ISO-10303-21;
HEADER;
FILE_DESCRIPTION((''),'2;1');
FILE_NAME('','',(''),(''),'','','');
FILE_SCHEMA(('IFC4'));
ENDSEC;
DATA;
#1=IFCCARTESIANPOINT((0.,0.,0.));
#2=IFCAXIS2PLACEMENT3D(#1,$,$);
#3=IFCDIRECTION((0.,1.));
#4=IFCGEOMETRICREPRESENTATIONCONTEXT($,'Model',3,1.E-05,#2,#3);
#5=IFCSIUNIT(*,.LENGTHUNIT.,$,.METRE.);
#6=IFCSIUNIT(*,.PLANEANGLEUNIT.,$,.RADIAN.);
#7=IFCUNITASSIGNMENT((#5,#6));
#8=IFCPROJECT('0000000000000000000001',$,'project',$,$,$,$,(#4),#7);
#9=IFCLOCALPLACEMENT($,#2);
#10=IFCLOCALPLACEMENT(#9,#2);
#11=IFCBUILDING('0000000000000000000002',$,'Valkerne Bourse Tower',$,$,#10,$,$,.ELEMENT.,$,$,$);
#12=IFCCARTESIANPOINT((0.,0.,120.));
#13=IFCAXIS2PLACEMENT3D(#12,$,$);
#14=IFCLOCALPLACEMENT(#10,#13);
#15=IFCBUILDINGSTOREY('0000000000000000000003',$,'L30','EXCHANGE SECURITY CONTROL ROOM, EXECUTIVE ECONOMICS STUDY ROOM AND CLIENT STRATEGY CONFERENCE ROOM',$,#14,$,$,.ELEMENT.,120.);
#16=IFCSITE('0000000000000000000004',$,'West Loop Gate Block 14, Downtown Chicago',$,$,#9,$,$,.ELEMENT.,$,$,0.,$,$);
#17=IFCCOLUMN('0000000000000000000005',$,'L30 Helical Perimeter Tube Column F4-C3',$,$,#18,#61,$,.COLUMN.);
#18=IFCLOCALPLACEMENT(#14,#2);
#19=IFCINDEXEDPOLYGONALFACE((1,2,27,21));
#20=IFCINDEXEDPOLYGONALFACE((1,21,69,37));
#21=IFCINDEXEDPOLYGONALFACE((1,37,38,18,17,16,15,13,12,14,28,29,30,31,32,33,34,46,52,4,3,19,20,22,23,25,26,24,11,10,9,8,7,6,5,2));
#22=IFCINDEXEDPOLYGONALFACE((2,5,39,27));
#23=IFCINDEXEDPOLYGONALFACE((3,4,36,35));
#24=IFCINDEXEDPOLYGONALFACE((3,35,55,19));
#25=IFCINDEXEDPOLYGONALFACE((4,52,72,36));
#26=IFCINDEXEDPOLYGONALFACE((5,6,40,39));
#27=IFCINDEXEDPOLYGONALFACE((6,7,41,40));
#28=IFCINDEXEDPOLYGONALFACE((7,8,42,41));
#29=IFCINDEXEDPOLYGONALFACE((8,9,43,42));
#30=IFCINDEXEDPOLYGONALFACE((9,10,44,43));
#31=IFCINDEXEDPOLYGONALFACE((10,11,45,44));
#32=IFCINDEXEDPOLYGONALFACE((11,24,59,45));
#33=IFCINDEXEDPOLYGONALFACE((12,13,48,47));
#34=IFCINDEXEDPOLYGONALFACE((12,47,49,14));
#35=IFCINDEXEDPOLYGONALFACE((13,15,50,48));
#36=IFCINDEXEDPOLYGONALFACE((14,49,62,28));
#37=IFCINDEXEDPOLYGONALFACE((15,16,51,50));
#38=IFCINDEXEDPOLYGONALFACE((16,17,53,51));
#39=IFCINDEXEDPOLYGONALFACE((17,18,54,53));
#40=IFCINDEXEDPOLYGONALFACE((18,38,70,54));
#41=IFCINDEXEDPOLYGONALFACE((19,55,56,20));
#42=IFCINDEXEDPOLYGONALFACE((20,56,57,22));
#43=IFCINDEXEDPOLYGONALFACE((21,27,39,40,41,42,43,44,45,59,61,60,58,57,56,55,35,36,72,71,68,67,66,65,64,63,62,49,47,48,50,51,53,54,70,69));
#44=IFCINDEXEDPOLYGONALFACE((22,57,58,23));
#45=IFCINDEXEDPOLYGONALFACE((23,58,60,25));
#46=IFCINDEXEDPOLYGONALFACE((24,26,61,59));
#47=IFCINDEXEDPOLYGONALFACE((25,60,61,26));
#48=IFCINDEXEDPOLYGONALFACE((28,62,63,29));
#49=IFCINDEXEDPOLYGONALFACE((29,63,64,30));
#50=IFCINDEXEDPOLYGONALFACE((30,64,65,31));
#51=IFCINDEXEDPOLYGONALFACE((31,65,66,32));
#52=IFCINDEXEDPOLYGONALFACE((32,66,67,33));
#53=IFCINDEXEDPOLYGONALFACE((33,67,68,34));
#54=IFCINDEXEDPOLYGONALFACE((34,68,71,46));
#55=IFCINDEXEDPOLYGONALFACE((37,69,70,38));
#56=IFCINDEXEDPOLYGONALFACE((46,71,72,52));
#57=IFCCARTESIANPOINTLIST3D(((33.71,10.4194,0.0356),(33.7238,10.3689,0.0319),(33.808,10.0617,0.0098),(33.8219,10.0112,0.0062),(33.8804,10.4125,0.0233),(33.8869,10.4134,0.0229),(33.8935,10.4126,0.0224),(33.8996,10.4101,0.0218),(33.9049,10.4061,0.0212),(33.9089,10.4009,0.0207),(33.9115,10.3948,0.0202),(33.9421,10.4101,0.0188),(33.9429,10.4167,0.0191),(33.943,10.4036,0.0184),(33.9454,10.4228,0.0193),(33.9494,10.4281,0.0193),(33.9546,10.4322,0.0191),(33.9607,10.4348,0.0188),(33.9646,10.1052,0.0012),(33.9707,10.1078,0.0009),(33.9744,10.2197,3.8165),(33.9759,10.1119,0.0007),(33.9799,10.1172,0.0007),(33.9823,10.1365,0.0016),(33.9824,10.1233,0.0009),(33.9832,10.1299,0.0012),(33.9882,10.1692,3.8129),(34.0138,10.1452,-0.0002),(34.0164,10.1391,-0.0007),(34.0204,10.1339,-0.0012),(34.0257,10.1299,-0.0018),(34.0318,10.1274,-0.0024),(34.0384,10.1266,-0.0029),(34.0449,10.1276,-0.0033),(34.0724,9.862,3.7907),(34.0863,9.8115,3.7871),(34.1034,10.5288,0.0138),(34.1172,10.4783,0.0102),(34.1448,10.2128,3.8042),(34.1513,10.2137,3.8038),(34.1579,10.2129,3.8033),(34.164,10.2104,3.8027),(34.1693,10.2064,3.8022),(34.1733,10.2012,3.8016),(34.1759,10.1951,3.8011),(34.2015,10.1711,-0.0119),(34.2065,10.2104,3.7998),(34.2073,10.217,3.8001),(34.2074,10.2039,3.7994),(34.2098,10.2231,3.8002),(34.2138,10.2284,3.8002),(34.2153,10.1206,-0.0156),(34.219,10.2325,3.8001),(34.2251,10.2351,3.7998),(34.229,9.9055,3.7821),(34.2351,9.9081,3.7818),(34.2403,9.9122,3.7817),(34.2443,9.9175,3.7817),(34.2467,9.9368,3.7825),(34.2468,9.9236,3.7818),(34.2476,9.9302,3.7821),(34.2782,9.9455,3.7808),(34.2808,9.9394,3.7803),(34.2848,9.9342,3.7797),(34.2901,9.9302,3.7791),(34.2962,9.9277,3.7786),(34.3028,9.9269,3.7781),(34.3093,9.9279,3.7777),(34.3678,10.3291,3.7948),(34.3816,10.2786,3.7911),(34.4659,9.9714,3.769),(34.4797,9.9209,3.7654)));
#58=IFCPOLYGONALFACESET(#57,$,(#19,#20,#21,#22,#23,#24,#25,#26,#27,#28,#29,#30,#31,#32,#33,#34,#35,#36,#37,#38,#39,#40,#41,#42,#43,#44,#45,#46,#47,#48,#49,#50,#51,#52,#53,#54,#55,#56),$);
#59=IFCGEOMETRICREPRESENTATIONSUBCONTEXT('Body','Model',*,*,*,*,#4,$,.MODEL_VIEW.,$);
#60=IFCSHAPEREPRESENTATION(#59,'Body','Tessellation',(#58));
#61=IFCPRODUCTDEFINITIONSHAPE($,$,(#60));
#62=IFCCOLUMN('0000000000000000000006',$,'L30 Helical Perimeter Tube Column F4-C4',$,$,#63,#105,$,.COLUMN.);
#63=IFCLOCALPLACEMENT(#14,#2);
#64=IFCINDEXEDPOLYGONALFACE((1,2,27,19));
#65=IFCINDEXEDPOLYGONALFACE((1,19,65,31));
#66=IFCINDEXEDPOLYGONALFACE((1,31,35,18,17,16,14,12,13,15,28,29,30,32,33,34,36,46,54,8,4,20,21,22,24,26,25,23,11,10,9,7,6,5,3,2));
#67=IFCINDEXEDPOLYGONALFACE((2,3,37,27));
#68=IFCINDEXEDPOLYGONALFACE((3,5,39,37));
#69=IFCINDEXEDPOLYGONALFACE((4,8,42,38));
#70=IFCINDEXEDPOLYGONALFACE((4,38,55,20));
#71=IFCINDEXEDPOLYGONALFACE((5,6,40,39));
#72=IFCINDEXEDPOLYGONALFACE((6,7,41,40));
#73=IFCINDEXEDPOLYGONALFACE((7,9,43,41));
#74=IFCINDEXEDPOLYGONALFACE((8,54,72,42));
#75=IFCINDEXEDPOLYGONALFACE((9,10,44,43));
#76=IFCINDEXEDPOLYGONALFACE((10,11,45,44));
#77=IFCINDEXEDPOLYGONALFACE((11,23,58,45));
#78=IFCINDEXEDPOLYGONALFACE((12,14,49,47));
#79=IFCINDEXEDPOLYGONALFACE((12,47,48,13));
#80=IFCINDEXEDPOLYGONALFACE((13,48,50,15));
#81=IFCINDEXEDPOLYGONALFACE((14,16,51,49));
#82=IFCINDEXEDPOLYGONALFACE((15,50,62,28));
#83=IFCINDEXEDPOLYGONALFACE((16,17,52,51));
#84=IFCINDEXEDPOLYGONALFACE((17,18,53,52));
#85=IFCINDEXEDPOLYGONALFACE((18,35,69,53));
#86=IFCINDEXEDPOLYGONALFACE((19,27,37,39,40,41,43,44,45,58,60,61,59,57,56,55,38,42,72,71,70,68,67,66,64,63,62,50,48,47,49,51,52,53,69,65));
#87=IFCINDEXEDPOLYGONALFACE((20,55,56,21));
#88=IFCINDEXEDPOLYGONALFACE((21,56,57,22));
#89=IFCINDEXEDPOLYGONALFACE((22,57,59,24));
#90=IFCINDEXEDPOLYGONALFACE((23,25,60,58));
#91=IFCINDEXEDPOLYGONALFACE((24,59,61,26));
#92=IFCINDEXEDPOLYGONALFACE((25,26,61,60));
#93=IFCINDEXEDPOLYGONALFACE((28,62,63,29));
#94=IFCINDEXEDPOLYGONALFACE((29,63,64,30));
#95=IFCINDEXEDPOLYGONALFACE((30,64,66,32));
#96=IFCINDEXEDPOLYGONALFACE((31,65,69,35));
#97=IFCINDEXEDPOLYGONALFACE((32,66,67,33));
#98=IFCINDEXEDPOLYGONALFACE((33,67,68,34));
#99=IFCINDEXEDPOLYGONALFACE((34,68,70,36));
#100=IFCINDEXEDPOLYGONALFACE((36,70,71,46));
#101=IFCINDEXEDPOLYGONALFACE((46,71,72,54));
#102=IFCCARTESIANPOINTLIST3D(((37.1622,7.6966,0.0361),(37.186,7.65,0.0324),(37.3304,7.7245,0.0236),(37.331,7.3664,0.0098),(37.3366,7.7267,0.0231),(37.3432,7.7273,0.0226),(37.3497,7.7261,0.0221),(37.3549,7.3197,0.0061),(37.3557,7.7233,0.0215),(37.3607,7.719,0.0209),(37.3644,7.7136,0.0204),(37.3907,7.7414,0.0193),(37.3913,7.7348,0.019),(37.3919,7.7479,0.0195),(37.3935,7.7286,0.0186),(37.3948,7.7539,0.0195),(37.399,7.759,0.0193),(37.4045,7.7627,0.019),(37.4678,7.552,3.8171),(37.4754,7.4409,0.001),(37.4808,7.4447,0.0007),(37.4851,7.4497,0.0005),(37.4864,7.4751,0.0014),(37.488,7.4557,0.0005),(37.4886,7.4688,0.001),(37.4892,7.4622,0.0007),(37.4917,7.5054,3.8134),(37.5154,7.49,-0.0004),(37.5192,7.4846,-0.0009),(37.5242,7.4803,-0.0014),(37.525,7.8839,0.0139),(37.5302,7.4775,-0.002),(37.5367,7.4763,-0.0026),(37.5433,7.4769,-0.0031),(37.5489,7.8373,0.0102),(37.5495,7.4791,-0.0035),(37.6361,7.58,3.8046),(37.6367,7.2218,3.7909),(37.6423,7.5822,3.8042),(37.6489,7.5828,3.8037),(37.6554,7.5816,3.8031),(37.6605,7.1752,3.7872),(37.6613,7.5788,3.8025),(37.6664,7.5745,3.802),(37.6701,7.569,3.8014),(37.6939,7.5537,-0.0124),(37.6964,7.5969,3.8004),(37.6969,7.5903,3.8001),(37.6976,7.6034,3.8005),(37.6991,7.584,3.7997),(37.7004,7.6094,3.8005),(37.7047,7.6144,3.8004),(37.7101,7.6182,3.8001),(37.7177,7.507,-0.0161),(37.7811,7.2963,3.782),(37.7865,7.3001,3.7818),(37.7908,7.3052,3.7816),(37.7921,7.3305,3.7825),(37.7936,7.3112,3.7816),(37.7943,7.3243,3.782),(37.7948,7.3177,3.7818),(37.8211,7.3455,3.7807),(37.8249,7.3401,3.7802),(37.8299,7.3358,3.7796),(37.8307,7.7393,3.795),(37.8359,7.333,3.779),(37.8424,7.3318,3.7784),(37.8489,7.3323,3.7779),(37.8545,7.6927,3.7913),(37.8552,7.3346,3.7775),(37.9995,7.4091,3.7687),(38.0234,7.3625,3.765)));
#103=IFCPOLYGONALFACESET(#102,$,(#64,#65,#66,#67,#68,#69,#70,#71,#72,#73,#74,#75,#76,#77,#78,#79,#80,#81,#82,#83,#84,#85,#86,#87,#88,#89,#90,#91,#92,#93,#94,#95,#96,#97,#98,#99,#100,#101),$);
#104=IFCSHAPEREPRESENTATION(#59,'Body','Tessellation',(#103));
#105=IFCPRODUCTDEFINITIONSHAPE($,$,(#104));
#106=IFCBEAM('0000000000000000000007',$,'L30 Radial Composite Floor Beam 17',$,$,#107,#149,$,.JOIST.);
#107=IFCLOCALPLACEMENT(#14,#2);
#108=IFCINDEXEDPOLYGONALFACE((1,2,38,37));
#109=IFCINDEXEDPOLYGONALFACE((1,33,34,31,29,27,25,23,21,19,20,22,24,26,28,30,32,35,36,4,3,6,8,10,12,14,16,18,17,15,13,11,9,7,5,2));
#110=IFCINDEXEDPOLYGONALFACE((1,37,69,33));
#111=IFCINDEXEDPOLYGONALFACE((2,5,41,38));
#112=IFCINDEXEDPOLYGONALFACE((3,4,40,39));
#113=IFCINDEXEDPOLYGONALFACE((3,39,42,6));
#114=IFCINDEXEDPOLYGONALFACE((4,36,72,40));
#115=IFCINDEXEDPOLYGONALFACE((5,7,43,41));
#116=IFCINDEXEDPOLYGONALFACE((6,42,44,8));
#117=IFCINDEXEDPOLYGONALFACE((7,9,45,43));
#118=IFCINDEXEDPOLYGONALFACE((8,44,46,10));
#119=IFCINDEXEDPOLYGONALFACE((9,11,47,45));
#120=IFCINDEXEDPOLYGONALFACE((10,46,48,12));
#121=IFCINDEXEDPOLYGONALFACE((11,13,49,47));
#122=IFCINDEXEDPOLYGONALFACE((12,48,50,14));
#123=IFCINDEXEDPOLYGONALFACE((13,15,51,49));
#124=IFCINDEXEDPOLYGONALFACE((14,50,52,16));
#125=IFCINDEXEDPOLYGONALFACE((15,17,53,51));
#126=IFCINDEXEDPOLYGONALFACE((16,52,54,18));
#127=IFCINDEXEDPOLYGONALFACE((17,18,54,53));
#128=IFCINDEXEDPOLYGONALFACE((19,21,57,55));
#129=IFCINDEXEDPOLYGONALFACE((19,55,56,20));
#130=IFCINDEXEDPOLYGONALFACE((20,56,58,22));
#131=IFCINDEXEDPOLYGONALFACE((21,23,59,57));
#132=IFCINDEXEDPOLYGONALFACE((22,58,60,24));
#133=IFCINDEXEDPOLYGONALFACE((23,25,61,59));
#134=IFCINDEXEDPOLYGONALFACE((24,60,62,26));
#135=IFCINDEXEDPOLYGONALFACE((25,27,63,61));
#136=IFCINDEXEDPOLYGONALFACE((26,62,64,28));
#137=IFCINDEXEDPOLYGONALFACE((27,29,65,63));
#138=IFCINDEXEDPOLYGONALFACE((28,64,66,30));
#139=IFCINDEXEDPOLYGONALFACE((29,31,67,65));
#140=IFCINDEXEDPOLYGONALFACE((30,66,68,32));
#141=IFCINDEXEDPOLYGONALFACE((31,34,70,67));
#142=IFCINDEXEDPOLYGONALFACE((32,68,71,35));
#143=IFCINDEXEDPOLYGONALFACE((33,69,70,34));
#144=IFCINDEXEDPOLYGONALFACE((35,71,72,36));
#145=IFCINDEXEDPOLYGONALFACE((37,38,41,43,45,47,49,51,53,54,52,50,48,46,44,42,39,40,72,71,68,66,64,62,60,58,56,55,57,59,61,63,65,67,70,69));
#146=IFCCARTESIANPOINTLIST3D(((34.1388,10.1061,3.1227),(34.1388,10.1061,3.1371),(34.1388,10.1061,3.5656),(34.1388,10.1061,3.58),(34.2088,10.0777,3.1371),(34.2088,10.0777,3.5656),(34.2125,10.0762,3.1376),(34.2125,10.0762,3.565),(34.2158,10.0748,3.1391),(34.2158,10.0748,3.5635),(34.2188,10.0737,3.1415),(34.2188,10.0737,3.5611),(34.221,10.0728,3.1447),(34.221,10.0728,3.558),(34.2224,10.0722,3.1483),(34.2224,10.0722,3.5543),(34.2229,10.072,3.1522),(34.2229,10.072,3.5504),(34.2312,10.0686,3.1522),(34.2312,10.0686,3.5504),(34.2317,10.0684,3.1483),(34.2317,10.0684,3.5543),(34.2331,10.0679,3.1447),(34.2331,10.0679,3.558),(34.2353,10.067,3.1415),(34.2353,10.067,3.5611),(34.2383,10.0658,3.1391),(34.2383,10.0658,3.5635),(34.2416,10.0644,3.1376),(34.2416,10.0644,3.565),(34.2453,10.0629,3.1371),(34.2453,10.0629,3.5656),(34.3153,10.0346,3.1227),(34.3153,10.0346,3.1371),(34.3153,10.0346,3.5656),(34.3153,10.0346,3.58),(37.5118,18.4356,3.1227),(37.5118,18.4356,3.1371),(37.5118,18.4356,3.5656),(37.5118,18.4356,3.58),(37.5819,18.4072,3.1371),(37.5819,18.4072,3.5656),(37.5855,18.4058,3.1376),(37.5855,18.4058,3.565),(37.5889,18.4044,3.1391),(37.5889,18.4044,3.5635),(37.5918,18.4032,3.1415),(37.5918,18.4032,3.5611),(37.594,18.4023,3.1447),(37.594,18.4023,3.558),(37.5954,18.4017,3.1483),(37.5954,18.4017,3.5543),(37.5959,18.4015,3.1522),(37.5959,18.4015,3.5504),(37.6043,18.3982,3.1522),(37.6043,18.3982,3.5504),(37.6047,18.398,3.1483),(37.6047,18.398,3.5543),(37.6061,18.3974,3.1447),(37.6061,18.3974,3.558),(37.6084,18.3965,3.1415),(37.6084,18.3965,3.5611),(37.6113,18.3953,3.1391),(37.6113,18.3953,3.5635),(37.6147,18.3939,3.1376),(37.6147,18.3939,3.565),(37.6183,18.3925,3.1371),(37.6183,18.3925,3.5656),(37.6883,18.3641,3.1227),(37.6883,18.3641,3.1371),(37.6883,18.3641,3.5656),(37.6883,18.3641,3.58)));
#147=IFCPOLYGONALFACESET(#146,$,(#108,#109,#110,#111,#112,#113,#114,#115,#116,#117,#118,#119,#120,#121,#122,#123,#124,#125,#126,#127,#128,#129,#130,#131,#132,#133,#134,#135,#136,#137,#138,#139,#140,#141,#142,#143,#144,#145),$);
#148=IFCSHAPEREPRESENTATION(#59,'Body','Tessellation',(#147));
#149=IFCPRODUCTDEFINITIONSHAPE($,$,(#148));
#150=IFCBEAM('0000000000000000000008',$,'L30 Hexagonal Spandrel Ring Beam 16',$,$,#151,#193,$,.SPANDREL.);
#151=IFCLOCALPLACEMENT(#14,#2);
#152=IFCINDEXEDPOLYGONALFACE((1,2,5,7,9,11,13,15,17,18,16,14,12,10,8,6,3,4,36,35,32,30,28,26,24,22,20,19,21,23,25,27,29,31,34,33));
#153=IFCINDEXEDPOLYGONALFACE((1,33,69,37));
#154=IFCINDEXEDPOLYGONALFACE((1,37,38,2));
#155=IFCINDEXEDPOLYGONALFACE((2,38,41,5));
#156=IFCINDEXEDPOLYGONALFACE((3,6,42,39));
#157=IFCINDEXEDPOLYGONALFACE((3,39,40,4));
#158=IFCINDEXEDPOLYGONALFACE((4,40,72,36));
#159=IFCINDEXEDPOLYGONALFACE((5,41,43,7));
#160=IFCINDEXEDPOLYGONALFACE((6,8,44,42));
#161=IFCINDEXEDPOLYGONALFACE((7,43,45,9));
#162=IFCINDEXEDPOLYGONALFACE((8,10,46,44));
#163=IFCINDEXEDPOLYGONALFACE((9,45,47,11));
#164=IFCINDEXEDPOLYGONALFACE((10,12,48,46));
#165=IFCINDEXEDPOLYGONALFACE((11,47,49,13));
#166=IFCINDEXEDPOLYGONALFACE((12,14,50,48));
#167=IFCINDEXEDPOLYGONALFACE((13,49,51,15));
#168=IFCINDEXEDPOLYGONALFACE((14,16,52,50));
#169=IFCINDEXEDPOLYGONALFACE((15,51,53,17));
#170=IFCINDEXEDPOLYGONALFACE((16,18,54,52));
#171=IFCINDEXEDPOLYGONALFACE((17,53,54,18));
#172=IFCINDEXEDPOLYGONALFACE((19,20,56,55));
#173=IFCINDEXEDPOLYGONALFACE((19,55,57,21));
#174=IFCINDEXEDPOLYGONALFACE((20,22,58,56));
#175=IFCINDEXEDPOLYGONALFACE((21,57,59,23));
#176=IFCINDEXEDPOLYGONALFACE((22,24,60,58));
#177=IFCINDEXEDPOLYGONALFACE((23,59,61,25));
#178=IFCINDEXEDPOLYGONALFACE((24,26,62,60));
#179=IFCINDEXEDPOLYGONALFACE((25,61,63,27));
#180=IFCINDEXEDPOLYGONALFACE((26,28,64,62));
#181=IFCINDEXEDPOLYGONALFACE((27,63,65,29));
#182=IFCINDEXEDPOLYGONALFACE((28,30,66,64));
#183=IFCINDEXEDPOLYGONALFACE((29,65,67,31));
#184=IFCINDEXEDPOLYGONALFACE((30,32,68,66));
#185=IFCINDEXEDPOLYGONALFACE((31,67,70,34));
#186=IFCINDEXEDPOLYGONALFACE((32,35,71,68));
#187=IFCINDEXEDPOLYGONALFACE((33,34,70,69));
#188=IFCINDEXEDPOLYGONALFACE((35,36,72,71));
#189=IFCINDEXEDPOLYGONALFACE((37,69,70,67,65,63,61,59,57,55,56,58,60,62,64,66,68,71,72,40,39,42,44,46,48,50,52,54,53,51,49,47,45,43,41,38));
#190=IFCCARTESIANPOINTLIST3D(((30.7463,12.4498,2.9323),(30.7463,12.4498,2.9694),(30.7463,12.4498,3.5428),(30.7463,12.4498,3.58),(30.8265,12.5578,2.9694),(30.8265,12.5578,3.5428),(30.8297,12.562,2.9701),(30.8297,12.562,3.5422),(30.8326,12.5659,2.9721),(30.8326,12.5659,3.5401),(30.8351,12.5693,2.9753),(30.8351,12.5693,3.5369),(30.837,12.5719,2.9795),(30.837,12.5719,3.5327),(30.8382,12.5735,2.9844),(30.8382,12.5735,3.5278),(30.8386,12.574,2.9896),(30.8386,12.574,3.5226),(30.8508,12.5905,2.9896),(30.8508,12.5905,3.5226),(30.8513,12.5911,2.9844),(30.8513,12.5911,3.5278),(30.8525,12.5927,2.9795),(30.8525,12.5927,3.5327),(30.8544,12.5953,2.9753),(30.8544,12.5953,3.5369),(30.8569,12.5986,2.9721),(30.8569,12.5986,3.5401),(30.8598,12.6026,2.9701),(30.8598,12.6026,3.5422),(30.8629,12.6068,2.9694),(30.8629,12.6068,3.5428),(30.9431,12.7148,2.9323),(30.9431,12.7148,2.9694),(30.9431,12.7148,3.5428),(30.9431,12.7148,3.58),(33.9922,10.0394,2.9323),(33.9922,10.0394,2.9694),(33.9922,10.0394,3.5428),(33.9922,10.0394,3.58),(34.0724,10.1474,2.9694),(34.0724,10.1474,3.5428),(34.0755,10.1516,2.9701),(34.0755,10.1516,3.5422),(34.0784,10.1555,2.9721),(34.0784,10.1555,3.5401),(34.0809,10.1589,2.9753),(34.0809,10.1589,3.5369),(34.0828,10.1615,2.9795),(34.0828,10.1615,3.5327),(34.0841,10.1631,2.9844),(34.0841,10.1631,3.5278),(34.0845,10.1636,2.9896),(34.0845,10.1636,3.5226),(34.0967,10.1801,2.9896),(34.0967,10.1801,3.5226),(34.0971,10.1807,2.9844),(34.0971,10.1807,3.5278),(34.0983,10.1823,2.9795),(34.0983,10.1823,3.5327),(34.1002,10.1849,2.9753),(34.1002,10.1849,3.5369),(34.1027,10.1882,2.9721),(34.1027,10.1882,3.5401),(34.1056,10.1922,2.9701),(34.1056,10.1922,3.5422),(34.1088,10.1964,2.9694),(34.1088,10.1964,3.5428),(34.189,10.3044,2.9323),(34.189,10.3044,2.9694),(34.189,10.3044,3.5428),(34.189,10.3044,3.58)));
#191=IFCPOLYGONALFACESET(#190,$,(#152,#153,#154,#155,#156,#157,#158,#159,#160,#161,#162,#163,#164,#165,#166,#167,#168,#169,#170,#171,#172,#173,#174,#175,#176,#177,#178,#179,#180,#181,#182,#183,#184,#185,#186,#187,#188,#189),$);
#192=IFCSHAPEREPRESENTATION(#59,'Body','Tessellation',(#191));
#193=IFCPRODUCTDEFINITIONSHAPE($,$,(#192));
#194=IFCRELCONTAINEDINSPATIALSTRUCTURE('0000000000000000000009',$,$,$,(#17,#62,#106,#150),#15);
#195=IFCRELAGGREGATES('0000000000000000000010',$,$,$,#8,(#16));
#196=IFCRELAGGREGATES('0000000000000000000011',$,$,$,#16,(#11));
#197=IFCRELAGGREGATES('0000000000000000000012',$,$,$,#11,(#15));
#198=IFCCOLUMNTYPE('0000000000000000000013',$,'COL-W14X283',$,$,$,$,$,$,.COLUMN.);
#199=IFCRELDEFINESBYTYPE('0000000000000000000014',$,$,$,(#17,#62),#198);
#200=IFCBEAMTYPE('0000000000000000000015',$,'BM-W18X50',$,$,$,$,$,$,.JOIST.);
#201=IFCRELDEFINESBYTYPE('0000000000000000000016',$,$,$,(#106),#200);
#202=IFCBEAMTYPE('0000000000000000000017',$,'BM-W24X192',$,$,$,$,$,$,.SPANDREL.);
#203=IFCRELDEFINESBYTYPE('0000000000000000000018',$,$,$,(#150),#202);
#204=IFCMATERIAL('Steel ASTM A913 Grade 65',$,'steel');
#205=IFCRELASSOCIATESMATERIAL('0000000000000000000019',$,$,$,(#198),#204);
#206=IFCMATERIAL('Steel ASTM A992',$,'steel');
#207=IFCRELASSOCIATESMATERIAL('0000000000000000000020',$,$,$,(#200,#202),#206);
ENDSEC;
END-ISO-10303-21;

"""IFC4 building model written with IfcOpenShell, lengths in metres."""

from ifc_helpers import new_model, si_unit, direction, frame, origin, origin_2d, place, context, subcontext, project, spatial, i_section, extrude, material, material_profile, profile_set, type_object, element, save


model = new_model("IFC4")

# Units and contexts
model_context = context("Model", 3, precision=1e-05, world=origin(), true_north=direction((0.0, 1.0)))
body_context = subcontext(model_context, "Body", "Model", "MODEL_VIEW")
ifc_project = project(units=[si_unit("LENGTHUNIT", "METRE"), si_unit("PLANEANGLEUNIT", "RADIAN")], contexts=[model_context])

# Site, building, storey
site_placement = place(None, origin())
site = spatial("IfcSite", under=ifc_project, at=site_placement, Name="West Loop Gate Block 14, Downtown Chicago", CompositionType="ELEMENT", RefElevation=0.0)
building_placement = place(site_placement, origin())
building = spatial("IfcBuilding", under=site, at=building_placement, Name="Valkerne Bourse Tower", CompositionType="ELEMENT")
storey_placement = place(building_placement, frame((0.0, 0.0, 120.0)))
storey = spatial("IfcBuildingStorey", under=building, at=storey_placement, Name="L30", Description="EXCHANGE SECURITY CONTROL ROOM, EXECUTIVE ECONOMICS STUDY ROOM AND CLIENT STRATEGY CONFERENCE ROOM", CompositionType="ELEMENT", Elevation=120.0)

# Columns
ifc_material_1 = material(Name="Steel ASTM A913 Grade 65", Category="steel")
ifc_material_profile_1 = material_profile(ifc_material_1, i_section(OverallWidth=0.4089, OverallDepth=0.4243, WebThickness=0.0327, FlangeThickness=0.0525, FilletRadius=0.0254, at=origin_2d()), Name="W14X283")
ifc_profile_set_1 = profile_set([ifc_material_profile_1], Name="Steel ASTM A913 Grade 65")
column_type = type_object("IfcColumnType", Name="COL-W14X283", PredefinedType="COLUMN", material=ifc_profile_set_1)
column_1_placement = place(storey_placement, frame((33.9626, 10.27, 0.01), z_axis=(0.069663, -0.052617, 0.996182), x_axis=(0.962074, 0.267561, -0.053145)))
element("IfcColumn", 1, at=column_1_placement, inside=storey, type_object=column_type, Name="L30 Helical Perimeter Tube Column F4-C3", PredefinedType="COLUMN", context=body_context, shape_type="SweptSolid", body=[
    extrude(i_section(OverallWidth=0.4089, OverallDepth=0.4243, WebThickness=0.0327, FlangeThickness=0.0525, FilletRadius=0.0254, at=origin_2d()), origin(), (0.0, 0.0, 1.0), 3.7954),
])
column_2_placement = place(storey_placement, frame((37.4399, 7.6018, 0.01), z_axis=(0.080521, -0.038074, 0.996026), x_axis=(0.887283, 0.458026, -0.054221)))
element("IfcColumn", 2, at=column_2_placement, inside=storey, type_object=column_type, Name="L30 Helical Perimeter Tube Column F4-C4", PredefinedType="COLUMN", context=body_context, shape_type="SweptSolid", body=[
    extrude(i_section(OverallWidth=0.4089, OverallDepth=0.4243, WebThickness=0.0327, FlangeThickness=0.0525, FilletRadius=0.0254, at=origin_2d()), origin(), (0.0, 0.0, 1.0), 3.7961),
])

# Beams
ifc_material_2 = material(Name="Steel ASTM A992", Category="steel")
ifc_material_profile_2 = material_profile(ifc_material_2, i_section(OverallWidth=0.1904, OverallDepth=0.4573, WebThickness=0.009, FlangeThickness=0.0144, FilletRadius=0.0151, at=origin_2d()), Name="W18X50")
ifc_profile_set_2 = profile_set([ifc_material_profile_2], Name="Steel ASTM A992")
beam_type_1 = type_object("IfcBeamType", Name="BM-W18X50", PredefinedType="JOIST", material=ifc_profile_set_2)
beam_1_placement = place(storey_placement, frame((34.2271, 10.0703, 3.3513), z_axis=(0.375341, 0.926887, 0.0), x_axis=(-0.926887, 0.375341, 0.0)))
element("IfcBeam", 3, at=beam_1_placement, inside=storey, type_object=beam_type_1, Name="L30 Radial Composite Floor Beam 17", PredefinedType="JOIST", context=body_context, shape_type="SweptSolid", body=[
    extrude(i_section(OverallWidth=0.1904, OverallDepth=0.4573, WebThickness=0.009, FlangeThickness=0.0144, FilletRadius=0.0151, at=origin_2d()), origin(), (0.0, 0.0, 1.0), 8.9866),
])
ifc_material_profile_3 = material_profile(ifc_material_2, i_section(OverallWidth=0.3301, OverallDepth=0.6477, WebThickness=0.0205, FlangeThickness=0.0371, FilletRadius=0.0203, at=origin_2d()), Name="W24X192")
ifc_profile_set_3 = profile_set([ifc_material_profile_3], Name="Steel ASTM A992")
beam_type_2 = type_object("IfcBeamType", Name="BM-W24X192", PredefinedType="SPANDREL", material=ifc_profile_set_3)
beam_2_placement = place(storey_placement, frame((30.8447, 12.5823, 3.2561), z_axis=(0.802839, -0.596196, 0.0), x_axis=(0.596196, 0.802839, 0.0)))
element("IfcBeam", 4, at=beam_2_placement, inside=storey, type_object=beam_type_2, Name="L30 Hexagonal Spandrel Ring Beam 16", PredefinedType="SPANDREL", context=body_context, shape_type="SweptSolid", body=[
    extrude(i_section(OverallWidth=0.3301, OverallDepth=0.6477, WebThickness=0.0205, FlangeThickness=0.0371, FilletRadius=0.0203, at=origin_2d()), origin(), (0.0, 0.0, 1.0), 4.043),
])

save(model, "model.ifc")
